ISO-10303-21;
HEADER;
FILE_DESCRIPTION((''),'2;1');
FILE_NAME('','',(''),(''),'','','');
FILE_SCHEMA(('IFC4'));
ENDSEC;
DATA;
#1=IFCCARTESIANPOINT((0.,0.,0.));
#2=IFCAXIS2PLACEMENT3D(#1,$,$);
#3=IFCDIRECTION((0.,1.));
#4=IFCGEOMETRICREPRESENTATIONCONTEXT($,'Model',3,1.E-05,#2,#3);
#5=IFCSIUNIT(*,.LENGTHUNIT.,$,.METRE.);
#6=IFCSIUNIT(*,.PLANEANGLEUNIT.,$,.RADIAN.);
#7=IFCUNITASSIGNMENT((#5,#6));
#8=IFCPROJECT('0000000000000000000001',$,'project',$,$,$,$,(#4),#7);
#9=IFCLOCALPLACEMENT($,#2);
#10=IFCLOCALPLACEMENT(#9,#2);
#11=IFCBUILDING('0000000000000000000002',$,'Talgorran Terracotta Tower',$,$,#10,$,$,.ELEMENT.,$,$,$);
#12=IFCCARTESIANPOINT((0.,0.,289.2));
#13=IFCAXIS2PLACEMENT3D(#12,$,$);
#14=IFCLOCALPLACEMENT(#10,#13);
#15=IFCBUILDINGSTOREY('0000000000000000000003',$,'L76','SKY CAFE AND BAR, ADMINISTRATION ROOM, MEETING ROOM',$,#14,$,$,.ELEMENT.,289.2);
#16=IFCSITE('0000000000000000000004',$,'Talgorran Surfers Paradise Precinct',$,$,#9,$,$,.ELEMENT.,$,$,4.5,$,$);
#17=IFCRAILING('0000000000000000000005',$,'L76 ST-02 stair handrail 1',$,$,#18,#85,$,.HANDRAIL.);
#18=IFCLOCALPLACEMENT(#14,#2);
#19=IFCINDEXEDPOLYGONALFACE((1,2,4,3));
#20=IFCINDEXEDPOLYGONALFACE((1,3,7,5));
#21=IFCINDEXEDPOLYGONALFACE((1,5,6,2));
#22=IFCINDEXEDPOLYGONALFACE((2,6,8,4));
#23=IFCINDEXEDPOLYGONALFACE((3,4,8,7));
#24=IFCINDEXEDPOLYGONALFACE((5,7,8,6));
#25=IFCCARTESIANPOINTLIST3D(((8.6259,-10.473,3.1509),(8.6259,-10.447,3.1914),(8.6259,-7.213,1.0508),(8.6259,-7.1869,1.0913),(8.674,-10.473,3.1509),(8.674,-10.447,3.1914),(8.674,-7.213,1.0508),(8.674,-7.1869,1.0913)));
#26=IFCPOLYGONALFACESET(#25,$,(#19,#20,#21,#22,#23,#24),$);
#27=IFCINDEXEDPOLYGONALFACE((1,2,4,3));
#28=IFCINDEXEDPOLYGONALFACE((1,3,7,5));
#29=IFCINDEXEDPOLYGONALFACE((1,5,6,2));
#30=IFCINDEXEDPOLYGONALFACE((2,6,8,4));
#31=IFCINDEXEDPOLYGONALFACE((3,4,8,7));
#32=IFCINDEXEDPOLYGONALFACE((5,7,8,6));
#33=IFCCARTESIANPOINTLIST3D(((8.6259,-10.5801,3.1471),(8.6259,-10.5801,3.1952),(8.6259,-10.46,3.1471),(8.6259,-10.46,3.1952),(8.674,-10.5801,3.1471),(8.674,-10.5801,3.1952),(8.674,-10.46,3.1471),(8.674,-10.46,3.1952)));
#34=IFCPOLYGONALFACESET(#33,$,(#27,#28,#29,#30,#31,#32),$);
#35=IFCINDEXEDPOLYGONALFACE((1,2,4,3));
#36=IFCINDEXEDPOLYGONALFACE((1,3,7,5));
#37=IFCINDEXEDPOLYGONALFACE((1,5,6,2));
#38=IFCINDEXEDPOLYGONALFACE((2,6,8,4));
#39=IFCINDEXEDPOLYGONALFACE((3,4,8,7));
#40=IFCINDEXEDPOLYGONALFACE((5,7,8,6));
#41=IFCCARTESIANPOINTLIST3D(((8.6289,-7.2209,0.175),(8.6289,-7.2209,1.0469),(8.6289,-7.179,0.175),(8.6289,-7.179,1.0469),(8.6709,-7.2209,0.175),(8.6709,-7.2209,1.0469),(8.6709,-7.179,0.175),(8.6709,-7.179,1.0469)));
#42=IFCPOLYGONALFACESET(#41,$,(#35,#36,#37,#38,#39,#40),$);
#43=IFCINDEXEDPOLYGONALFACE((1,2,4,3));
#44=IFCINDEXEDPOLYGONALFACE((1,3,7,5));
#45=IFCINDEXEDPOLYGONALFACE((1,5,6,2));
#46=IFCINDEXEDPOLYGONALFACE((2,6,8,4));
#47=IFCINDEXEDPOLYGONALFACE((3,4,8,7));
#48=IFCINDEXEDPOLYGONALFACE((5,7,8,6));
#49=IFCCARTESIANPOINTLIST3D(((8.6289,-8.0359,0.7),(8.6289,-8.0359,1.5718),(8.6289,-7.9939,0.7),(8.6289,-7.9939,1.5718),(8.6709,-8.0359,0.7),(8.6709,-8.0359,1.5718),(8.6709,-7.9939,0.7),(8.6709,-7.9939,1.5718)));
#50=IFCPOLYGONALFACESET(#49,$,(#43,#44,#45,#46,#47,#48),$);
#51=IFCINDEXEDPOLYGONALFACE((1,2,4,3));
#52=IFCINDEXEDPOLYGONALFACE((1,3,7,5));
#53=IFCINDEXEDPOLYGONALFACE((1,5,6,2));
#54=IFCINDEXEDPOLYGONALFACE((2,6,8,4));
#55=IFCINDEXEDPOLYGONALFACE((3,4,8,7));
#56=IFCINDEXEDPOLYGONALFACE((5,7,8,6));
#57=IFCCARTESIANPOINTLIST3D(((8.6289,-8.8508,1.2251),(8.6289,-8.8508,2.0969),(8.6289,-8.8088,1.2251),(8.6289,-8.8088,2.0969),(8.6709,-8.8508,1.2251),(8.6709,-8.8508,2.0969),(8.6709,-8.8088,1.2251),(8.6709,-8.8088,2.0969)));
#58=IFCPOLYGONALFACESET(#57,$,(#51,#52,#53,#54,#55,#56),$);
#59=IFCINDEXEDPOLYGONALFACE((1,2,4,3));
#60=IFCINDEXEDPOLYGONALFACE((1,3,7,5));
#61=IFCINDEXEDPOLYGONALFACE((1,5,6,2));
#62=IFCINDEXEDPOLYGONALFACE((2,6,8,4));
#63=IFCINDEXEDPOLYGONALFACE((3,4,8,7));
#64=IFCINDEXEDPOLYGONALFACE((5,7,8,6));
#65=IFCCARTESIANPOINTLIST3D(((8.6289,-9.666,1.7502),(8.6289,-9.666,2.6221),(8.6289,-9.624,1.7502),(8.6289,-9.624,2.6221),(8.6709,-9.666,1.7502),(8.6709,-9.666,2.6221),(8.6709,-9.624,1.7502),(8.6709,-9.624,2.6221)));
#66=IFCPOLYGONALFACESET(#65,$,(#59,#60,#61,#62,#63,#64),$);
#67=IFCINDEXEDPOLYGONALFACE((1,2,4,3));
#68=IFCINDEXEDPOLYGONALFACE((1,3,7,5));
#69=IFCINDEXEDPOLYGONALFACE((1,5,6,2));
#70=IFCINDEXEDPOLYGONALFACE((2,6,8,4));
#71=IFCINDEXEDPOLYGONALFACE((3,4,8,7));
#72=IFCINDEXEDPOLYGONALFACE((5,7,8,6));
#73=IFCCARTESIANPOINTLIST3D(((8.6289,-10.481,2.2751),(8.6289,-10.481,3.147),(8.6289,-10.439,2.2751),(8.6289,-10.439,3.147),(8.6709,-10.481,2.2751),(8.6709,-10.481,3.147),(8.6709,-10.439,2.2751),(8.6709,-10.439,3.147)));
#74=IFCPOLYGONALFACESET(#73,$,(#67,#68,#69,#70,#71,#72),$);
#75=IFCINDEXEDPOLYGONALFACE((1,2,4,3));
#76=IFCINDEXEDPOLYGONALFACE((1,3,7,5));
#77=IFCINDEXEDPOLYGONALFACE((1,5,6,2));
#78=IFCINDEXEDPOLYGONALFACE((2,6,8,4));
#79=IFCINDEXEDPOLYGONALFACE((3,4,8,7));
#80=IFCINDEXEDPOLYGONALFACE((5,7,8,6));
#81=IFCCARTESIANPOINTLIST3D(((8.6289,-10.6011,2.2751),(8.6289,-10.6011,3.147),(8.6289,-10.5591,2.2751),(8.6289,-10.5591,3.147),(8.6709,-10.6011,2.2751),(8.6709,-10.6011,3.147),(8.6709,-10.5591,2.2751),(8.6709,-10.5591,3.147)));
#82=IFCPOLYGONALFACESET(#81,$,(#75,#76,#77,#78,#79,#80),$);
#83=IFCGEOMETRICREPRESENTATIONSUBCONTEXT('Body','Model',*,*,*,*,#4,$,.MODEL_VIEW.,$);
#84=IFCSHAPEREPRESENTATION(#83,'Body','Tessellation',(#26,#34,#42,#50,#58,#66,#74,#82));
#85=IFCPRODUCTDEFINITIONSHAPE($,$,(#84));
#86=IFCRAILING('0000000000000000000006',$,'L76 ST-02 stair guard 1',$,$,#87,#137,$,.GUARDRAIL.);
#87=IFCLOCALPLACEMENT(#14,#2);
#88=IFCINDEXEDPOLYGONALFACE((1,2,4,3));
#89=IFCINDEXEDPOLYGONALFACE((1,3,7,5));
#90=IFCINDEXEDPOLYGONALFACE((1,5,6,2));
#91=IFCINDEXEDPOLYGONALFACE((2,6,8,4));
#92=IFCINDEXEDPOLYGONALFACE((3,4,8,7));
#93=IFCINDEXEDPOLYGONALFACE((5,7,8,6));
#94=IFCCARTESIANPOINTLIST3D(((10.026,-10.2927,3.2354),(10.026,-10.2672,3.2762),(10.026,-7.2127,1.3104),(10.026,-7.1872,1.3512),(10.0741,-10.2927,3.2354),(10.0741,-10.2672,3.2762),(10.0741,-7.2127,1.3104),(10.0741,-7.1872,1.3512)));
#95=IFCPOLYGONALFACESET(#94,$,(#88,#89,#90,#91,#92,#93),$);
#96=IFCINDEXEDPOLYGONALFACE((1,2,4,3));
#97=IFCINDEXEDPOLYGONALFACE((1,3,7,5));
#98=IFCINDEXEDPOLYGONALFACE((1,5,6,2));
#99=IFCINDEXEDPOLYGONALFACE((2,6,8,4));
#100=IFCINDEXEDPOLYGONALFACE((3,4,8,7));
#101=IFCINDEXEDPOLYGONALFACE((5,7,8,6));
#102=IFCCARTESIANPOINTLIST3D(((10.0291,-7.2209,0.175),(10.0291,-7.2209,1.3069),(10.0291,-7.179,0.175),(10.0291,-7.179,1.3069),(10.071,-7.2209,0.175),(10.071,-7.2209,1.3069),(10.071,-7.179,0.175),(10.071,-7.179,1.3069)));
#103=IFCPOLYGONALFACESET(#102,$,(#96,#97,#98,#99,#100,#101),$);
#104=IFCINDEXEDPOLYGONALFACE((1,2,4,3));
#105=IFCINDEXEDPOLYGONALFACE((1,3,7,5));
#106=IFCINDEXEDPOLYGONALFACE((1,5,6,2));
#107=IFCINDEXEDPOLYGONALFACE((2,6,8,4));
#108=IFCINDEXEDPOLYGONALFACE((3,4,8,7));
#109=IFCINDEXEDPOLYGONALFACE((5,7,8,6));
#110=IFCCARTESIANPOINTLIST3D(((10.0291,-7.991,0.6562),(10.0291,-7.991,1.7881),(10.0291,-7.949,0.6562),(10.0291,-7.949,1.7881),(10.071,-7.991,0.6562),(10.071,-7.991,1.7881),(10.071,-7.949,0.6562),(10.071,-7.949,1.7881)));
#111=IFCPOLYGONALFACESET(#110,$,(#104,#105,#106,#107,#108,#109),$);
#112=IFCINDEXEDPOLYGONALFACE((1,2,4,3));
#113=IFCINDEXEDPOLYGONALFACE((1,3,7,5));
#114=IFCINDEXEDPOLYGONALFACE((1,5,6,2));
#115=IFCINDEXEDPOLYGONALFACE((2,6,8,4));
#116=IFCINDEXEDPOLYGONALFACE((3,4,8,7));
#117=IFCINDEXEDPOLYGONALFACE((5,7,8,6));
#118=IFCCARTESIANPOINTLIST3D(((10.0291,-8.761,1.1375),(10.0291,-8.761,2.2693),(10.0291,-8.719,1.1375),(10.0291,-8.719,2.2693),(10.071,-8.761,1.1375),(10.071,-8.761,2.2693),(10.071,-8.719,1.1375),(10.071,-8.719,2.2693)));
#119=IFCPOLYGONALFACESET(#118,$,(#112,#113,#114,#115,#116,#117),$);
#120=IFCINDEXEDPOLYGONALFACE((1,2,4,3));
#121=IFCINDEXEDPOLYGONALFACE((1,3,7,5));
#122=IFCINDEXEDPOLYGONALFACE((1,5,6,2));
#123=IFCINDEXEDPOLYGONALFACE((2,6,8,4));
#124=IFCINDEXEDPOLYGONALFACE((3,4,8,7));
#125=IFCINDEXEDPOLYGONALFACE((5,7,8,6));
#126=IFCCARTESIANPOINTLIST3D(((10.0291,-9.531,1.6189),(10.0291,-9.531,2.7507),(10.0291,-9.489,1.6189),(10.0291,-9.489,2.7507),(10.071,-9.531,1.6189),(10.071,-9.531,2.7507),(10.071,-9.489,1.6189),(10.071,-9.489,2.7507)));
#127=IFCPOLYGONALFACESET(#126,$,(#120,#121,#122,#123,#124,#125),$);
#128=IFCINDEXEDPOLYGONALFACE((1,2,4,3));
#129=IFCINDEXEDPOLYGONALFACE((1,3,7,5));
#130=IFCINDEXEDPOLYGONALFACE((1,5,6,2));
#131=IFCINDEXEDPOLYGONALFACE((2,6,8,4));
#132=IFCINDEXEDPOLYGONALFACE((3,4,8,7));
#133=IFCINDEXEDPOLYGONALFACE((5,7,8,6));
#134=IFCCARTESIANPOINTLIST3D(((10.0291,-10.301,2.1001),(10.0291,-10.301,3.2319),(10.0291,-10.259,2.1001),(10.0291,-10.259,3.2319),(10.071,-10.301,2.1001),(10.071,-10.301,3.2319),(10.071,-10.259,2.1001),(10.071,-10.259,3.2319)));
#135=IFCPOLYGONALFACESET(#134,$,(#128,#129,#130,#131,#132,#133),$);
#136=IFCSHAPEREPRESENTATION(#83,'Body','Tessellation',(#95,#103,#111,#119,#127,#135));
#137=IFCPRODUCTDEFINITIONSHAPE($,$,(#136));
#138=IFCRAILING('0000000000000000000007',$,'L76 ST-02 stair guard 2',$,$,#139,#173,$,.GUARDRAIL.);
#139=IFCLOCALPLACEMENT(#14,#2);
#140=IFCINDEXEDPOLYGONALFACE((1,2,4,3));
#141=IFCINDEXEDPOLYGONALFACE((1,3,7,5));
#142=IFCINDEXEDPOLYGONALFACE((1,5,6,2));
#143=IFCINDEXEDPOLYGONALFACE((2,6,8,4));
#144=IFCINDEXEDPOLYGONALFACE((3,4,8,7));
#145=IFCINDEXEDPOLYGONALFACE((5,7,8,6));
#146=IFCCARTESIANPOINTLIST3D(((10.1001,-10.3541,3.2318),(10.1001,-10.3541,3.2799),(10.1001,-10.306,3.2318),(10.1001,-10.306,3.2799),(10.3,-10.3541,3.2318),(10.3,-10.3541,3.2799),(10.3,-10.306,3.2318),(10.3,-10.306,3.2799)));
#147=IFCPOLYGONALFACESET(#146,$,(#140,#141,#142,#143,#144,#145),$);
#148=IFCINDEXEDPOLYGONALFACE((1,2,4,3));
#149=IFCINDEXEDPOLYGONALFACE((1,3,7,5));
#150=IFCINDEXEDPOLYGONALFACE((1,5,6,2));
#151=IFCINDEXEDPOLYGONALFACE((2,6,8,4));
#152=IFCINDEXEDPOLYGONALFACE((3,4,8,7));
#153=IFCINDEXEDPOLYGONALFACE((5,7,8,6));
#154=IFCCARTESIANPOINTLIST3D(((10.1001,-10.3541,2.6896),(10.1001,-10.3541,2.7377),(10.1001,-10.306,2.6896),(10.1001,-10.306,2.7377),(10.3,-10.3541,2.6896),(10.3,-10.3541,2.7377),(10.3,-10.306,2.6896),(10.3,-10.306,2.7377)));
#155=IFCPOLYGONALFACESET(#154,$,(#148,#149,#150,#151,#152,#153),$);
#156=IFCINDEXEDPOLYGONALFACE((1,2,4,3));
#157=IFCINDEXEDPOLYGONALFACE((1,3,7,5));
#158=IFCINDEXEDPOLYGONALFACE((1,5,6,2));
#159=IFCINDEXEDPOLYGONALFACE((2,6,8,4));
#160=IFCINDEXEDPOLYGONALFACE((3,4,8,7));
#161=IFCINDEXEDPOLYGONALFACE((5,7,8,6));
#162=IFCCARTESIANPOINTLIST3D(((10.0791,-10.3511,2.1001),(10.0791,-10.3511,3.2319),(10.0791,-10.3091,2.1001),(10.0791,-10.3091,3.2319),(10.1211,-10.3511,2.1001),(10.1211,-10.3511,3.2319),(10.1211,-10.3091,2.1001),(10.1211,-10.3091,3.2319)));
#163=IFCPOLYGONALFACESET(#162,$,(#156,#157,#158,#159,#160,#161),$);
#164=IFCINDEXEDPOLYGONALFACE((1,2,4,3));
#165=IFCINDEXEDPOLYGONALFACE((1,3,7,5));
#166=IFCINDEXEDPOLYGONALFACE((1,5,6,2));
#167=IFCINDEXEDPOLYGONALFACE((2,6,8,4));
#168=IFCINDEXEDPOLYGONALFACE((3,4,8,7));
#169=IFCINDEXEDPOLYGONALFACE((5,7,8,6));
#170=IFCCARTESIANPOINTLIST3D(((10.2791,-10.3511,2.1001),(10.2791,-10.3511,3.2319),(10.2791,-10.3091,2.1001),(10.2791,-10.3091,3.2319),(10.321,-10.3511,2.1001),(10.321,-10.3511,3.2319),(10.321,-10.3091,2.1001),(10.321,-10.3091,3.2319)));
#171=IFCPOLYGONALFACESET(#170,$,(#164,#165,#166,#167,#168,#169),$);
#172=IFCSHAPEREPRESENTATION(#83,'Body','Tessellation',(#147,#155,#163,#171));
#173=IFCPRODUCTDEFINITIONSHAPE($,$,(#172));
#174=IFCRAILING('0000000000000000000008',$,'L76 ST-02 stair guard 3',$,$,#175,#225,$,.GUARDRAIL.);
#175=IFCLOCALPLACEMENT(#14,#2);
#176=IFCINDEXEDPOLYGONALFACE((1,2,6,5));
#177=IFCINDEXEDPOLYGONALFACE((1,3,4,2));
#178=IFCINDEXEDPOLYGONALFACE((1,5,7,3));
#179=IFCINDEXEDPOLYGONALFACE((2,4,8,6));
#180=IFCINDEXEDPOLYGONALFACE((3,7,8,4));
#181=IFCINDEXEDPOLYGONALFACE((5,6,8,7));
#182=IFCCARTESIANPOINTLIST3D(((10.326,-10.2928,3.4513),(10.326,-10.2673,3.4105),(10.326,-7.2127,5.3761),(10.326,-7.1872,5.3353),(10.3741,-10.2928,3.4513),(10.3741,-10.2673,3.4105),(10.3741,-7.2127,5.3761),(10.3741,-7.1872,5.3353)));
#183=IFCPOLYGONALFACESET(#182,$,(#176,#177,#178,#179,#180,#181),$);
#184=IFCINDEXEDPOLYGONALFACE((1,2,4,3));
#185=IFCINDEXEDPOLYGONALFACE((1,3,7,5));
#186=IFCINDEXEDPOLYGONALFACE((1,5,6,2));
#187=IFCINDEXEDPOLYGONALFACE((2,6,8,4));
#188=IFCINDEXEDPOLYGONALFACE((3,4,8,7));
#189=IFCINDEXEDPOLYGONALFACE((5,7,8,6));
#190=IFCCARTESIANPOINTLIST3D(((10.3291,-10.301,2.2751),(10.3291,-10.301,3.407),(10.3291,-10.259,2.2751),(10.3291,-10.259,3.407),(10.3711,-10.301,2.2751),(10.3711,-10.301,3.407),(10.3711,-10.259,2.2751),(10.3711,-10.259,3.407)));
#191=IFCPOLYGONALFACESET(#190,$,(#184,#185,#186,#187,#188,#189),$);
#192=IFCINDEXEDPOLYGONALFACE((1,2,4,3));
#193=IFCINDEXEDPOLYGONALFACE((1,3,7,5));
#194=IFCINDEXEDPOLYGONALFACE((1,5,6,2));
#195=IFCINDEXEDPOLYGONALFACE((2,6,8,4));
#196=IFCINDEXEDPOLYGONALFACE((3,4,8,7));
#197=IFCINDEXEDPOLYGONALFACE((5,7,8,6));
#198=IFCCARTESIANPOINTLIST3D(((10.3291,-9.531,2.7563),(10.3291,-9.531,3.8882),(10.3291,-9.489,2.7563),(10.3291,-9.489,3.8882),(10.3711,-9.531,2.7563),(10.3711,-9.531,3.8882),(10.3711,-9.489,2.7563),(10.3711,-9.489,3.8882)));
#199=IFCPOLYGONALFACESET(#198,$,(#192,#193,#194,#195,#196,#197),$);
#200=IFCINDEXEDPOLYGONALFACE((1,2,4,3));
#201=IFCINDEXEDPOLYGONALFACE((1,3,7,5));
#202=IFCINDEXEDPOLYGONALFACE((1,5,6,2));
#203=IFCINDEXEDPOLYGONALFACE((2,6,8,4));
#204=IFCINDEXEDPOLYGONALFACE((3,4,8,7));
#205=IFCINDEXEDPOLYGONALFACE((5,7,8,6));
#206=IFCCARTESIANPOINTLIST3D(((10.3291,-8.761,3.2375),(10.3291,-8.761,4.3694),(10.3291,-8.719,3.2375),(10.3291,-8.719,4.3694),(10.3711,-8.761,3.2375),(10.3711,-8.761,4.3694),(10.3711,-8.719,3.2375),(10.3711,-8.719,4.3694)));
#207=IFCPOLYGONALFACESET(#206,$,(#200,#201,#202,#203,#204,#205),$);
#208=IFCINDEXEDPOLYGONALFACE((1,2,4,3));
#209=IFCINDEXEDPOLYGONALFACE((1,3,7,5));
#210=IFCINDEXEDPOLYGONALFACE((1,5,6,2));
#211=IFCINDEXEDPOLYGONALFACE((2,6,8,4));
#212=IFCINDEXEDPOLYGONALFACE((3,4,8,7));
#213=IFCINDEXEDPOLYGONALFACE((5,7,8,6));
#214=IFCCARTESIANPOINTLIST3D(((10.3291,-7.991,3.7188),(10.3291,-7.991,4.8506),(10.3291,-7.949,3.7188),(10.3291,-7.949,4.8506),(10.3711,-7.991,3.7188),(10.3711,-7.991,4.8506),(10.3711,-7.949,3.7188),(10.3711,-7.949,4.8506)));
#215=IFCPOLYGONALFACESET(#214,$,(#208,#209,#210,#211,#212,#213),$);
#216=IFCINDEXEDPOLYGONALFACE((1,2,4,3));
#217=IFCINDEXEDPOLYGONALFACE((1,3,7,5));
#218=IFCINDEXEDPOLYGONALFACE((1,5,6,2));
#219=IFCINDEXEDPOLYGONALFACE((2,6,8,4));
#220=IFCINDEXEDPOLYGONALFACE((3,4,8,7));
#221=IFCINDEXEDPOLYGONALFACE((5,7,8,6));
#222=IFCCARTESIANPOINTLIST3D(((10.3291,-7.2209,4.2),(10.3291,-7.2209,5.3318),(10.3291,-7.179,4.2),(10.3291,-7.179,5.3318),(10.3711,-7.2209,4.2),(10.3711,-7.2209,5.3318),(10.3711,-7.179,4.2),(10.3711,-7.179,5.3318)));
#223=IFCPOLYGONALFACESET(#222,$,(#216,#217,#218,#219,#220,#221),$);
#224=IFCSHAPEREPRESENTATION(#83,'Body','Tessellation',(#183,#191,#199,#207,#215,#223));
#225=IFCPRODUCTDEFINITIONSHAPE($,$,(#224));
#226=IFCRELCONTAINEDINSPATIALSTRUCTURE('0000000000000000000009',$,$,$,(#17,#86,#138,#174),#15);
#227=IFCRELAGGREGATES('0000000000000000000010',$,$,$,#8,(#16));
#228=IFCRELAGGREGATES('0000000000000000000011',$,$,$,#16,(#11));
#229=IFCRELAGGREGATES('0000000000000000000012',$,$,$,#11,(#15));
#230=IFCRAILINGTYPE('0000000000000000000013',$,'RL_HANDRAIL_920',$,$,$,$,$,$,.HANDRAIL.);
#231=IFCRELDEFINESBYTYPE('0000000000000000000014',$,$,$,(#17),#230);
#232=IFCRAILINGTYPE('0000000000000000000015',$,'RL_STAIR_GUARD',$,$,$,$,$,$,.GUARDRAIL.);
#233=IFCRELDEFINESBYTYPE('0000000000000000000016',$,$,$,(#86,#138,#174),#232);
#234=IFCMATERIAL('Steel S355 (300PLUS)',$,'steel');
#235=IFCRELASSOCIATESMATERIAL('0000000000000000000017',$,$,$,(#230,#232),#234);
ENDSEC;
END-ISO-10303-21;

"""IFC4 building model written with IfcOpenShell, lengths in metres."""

from ifc_helpers import new_model, si_unit, direction, frame, origin, origin_2d, place, context, subcontext, project, spatial, rectangle, extrude, material, type_object, element, save


model = new_model("IFC4")

# Units and contexts
model_context = context("Model", 3, precision=1e-05, world=origin(), true_north=direction((0.0, 1.0)))
body_context = subcontext(model_context, "Body", "Model", "MODEL_VIEW")
ifc_project = project(units=[si_unit("LENGTHUNIT", "METRE"), si_unit("PLANEANGLEUNIT", "RADIAN")], contexts=[model_context])

# Site, building, storey
site_placement = place(None, origin())
site = spatial("IfcSite", under=ifc_project, at=site_placement, Name="Talgorran Surfers Paradise Precinct", CompositionType="ELEMENT", RefElevation=4.5)
building_placement = place(site_placement, origin())
building = spatial("IfcBuilding", under=site, at=building_placement, Name="Talgorran Terracotta Tower", CompositionType="ELEMENT")
storey_placement = place(building_placement, frame((0.0, 0.0, 289.2)))
storey = spatial("IfcBuildingStorey", under=building, at=storey_placement, Name="L76", Description="SKY CAFE AND BAR, ADMINISTRATION ROOM, MEETING ROOM", CompositionType="ELEMENT", Elevation=289.2)

# Shared definitions
ifc_material_1 = material(Name="Steel S355 (300PLUS)", Category="steel")

# Railings
railing_type_1 = type_object("IfcRailingType", Name="RL_HANDRAIL_920", PredefinedType="HANDRAIL", material=ifc_material_1)
railing_1_placement = place(storey_placement, frame((8.6499, -7.2, 0.175)))
element("IfcRailing", 1, at=railing_1_placement, inside=storey, type_object=railing_type_1, Name="L76 ST-02 stair handrail 1", PredefinedType="HANDRAIL", context=body_context, shape_type="SweptSolid", body=[
    extrude(rectangle(XDim=0.0481, YDim=0.0481, at=origin_2d()), frame((0.0, 0.0, 0.896), z_axis=(0.0, -0.840665, 0.541556), x_axis=(1.0, 0.0, 0.0)), (0.0, 0.0, 1.0), 3.8779),
    extrude(rectangle(XDim=0.0481, YDim=0.0481, at=origin_2d()), frame((0.0, -3.26, 2.9961), z_axis=(0.0, -1.0, 0.0), x_axis=(1.0, 0.0, 0.0)), (0.0, 0.0, 1.0), 0.1201),
    extrude(rectangle(XDim=0.042, YDim=0.042, at=origin_2d()), origin(), (0.0, 0.0, 1.0), 0.8718),
    extrude(rectangle(XDim=0.042, YDim=0.042, at=origin_2d()), frame((0.0, -0.8149, 0.5249)), (0.0, 0.0, 1.0), 0.8718),
    extrude(rectangle(XDim=0.042, YDim=0.042, at=origin_2d()), frame((0.0, -1.6299, 1.05)), (0.0, 0.0, 1.0), 0.8718),
    extrude(rectangle(XDim=0.042, YDim=0.042, at=origin_2d()), frame((0.0, -2.4451, 1.5752)), (0.0, 0.0, 1.0), 0.8718),
    extrude(rectangle(XDim=0.042, YDim=0.042, at=origin_2d()), frame((0.0, -3.26, 2.1001)), (0.0, 0.0, 1.0), 0.8718),
    extrude(rectangle(XDim=0.042, YDim=0.042, at=origin_2d()), frame((0.0, -3.3801, 2.1001)), (0.0, 0.0, 1.0), 0.8718),
])
railing_type_2 = type_object("IfcRailingType", Name="RL_STAIR_GUARD", PredefinedType="GUARDRAIL", material=ifc_material_1)
railing_2_placement = place(storey_placement, frame((10.05, -7.2, 0.175)))
element("IfcRailing", 2, at=railing_2_placement, inside=storey, type_object=railing_type_2, Name="L76 ST-02 stair guard 1", PredefinedType="GUARDRAIL", context=body_context, shape_type="SweptSolid", body=[
    extrude(rectangle(XDim=0.0481, YDim=0.0481, at=origin_2d()), frame((0.0, 0.0, 1.1558), z_axis=(0.0, -0.847998, 0.529999), x_axis=(1.0, 0.0, 0.0)), (0.0, 0.0, 1.0), 3.6321),
    extrude(rectangle(XDim=0.042, YDim=0.042, at=origin_2d()), origin(), (0.0, 0.0, 1.0), 1.1318),
    extrude(rectangle(XDim=0.042, YDim=0.042, at=origin_2d()), frame((0.0, -0.77, 0.4812)), (0.0, 0.0, 1.0), 1.1318),
    extrude(rectangle(XDim=0.042, YDim=0.042, at=origin_2d()), frame((0.0, -1.54, 0.9624)), (0.0, 0.0, 1.0), 1.1318),
    extrude(rectangle(XDim=0.042, YDim=0.042, at=origin_2d()), frame((0.0, -2.3101, 1.4438)), (0.0, 0.0, 1.0), 1.1318),
    extrude(rectangle(XDim=0.042, YDim=0.042, at=origin_2d()), frame((0.0, -3.0801, 1.925)), (0.0, 0.0, 1.0), 1.1318),
])
railing_3_placement = place(storey_placement, frame((10.1001, -10.3301, 2.1001)))
element("IfcRailing", 3, at=railing_3_placement, inside=storey, type_object=railing_type_2, Name="L76 ST-02 stair guard 2", PredefinedType="GUARDRAIL", context=body_context, shape_type="SweptSolid", body=[
    extrude(rectangle(XDim=0.0481, YDim=0.0481, at=origin_2d()), frame((0.0, 0.0, 1.1558), z_axis=(1.0, 0.0, 0.0), x_axis=(0.0, 1.0, 0.0)), (0.0, 0.0, 1.0), 0.2),
    extrude(rectangle(XDim=0.0481, YDim=0.0481, at=origin_2d()), frame((0.0, 0.0, 0.6135), z_axis=(1.0, 0.0, 0.0), x_axis=(0.0, 1.0, 0.0)), (0.0, 0.0, 1.0), 0.2),
    extrude(rectangle(XDim=0.042, YDim=0.042, at=origin_2d()), origin(), (0.0, 0.0, 1.0), 1.1318),
    extrude(rectangle(XDim=0.042, YDim=0.042, at=origin_2d()), frame((0.2, 0.0, 0.0)), (0.0, 0.0, 1.0), 1.1318),
])
railing_4_placement = place(storey_placement, frame((10.3501, -10.28, 2.2751)))
element("IfcRailing", 4, at=railing_4_placement, inside=storey, type_object=railing_type_2, Name="L76 ST-02 stair guard 3", PredefinedType="GUARDRAIL", context=body_context, shape_type="SweptSolid", body=[
    extrude(rectangle(XDim=0.0481, YDim=0.0481, at=origin_2d()), frame((0.0, 0.0, 1.1558), z_axis=(0.0, 0.848029, 0.529951), x_axis=(-1.0, 0.0, 0.0)), (0.0, 0.0, 1.0), 3.6321),
    extrude(rectangle(XDim=0.042, YDim=0.042, at=origin_2d()), origin(), (0.0, 0.0, 1.0), 1.1318),
    extrude(rectangle(XDim=0.042, YDim=0.042, at=origin_2d()), frame((0.0, 0.77, 0.4812)), (0.0, 0.0, 1.0), 1.1318),
    extrude(rectangle(XDim=0.042, YDim=0.042, at=origin_2d()), frame((0.0, 1.54, 0.9624)), (0.0, 0.0, 1.0), 1.1318),
    extrude(rectangle(XDim=0.042, YDim=0.042, at=origin_2d()), frame((0.0, 2.3101, 1.4436)), (0.0, 0.0, 1.0), 1.1318),
    extrude(rectangle(XDim=0.042, YDim=0.042, at=origin_2d()), frame((0.0, 3.0801, 1.9248)), (0.0, 0.0, 1.0), 1.1318),
])

save(model, "model.ifc")
